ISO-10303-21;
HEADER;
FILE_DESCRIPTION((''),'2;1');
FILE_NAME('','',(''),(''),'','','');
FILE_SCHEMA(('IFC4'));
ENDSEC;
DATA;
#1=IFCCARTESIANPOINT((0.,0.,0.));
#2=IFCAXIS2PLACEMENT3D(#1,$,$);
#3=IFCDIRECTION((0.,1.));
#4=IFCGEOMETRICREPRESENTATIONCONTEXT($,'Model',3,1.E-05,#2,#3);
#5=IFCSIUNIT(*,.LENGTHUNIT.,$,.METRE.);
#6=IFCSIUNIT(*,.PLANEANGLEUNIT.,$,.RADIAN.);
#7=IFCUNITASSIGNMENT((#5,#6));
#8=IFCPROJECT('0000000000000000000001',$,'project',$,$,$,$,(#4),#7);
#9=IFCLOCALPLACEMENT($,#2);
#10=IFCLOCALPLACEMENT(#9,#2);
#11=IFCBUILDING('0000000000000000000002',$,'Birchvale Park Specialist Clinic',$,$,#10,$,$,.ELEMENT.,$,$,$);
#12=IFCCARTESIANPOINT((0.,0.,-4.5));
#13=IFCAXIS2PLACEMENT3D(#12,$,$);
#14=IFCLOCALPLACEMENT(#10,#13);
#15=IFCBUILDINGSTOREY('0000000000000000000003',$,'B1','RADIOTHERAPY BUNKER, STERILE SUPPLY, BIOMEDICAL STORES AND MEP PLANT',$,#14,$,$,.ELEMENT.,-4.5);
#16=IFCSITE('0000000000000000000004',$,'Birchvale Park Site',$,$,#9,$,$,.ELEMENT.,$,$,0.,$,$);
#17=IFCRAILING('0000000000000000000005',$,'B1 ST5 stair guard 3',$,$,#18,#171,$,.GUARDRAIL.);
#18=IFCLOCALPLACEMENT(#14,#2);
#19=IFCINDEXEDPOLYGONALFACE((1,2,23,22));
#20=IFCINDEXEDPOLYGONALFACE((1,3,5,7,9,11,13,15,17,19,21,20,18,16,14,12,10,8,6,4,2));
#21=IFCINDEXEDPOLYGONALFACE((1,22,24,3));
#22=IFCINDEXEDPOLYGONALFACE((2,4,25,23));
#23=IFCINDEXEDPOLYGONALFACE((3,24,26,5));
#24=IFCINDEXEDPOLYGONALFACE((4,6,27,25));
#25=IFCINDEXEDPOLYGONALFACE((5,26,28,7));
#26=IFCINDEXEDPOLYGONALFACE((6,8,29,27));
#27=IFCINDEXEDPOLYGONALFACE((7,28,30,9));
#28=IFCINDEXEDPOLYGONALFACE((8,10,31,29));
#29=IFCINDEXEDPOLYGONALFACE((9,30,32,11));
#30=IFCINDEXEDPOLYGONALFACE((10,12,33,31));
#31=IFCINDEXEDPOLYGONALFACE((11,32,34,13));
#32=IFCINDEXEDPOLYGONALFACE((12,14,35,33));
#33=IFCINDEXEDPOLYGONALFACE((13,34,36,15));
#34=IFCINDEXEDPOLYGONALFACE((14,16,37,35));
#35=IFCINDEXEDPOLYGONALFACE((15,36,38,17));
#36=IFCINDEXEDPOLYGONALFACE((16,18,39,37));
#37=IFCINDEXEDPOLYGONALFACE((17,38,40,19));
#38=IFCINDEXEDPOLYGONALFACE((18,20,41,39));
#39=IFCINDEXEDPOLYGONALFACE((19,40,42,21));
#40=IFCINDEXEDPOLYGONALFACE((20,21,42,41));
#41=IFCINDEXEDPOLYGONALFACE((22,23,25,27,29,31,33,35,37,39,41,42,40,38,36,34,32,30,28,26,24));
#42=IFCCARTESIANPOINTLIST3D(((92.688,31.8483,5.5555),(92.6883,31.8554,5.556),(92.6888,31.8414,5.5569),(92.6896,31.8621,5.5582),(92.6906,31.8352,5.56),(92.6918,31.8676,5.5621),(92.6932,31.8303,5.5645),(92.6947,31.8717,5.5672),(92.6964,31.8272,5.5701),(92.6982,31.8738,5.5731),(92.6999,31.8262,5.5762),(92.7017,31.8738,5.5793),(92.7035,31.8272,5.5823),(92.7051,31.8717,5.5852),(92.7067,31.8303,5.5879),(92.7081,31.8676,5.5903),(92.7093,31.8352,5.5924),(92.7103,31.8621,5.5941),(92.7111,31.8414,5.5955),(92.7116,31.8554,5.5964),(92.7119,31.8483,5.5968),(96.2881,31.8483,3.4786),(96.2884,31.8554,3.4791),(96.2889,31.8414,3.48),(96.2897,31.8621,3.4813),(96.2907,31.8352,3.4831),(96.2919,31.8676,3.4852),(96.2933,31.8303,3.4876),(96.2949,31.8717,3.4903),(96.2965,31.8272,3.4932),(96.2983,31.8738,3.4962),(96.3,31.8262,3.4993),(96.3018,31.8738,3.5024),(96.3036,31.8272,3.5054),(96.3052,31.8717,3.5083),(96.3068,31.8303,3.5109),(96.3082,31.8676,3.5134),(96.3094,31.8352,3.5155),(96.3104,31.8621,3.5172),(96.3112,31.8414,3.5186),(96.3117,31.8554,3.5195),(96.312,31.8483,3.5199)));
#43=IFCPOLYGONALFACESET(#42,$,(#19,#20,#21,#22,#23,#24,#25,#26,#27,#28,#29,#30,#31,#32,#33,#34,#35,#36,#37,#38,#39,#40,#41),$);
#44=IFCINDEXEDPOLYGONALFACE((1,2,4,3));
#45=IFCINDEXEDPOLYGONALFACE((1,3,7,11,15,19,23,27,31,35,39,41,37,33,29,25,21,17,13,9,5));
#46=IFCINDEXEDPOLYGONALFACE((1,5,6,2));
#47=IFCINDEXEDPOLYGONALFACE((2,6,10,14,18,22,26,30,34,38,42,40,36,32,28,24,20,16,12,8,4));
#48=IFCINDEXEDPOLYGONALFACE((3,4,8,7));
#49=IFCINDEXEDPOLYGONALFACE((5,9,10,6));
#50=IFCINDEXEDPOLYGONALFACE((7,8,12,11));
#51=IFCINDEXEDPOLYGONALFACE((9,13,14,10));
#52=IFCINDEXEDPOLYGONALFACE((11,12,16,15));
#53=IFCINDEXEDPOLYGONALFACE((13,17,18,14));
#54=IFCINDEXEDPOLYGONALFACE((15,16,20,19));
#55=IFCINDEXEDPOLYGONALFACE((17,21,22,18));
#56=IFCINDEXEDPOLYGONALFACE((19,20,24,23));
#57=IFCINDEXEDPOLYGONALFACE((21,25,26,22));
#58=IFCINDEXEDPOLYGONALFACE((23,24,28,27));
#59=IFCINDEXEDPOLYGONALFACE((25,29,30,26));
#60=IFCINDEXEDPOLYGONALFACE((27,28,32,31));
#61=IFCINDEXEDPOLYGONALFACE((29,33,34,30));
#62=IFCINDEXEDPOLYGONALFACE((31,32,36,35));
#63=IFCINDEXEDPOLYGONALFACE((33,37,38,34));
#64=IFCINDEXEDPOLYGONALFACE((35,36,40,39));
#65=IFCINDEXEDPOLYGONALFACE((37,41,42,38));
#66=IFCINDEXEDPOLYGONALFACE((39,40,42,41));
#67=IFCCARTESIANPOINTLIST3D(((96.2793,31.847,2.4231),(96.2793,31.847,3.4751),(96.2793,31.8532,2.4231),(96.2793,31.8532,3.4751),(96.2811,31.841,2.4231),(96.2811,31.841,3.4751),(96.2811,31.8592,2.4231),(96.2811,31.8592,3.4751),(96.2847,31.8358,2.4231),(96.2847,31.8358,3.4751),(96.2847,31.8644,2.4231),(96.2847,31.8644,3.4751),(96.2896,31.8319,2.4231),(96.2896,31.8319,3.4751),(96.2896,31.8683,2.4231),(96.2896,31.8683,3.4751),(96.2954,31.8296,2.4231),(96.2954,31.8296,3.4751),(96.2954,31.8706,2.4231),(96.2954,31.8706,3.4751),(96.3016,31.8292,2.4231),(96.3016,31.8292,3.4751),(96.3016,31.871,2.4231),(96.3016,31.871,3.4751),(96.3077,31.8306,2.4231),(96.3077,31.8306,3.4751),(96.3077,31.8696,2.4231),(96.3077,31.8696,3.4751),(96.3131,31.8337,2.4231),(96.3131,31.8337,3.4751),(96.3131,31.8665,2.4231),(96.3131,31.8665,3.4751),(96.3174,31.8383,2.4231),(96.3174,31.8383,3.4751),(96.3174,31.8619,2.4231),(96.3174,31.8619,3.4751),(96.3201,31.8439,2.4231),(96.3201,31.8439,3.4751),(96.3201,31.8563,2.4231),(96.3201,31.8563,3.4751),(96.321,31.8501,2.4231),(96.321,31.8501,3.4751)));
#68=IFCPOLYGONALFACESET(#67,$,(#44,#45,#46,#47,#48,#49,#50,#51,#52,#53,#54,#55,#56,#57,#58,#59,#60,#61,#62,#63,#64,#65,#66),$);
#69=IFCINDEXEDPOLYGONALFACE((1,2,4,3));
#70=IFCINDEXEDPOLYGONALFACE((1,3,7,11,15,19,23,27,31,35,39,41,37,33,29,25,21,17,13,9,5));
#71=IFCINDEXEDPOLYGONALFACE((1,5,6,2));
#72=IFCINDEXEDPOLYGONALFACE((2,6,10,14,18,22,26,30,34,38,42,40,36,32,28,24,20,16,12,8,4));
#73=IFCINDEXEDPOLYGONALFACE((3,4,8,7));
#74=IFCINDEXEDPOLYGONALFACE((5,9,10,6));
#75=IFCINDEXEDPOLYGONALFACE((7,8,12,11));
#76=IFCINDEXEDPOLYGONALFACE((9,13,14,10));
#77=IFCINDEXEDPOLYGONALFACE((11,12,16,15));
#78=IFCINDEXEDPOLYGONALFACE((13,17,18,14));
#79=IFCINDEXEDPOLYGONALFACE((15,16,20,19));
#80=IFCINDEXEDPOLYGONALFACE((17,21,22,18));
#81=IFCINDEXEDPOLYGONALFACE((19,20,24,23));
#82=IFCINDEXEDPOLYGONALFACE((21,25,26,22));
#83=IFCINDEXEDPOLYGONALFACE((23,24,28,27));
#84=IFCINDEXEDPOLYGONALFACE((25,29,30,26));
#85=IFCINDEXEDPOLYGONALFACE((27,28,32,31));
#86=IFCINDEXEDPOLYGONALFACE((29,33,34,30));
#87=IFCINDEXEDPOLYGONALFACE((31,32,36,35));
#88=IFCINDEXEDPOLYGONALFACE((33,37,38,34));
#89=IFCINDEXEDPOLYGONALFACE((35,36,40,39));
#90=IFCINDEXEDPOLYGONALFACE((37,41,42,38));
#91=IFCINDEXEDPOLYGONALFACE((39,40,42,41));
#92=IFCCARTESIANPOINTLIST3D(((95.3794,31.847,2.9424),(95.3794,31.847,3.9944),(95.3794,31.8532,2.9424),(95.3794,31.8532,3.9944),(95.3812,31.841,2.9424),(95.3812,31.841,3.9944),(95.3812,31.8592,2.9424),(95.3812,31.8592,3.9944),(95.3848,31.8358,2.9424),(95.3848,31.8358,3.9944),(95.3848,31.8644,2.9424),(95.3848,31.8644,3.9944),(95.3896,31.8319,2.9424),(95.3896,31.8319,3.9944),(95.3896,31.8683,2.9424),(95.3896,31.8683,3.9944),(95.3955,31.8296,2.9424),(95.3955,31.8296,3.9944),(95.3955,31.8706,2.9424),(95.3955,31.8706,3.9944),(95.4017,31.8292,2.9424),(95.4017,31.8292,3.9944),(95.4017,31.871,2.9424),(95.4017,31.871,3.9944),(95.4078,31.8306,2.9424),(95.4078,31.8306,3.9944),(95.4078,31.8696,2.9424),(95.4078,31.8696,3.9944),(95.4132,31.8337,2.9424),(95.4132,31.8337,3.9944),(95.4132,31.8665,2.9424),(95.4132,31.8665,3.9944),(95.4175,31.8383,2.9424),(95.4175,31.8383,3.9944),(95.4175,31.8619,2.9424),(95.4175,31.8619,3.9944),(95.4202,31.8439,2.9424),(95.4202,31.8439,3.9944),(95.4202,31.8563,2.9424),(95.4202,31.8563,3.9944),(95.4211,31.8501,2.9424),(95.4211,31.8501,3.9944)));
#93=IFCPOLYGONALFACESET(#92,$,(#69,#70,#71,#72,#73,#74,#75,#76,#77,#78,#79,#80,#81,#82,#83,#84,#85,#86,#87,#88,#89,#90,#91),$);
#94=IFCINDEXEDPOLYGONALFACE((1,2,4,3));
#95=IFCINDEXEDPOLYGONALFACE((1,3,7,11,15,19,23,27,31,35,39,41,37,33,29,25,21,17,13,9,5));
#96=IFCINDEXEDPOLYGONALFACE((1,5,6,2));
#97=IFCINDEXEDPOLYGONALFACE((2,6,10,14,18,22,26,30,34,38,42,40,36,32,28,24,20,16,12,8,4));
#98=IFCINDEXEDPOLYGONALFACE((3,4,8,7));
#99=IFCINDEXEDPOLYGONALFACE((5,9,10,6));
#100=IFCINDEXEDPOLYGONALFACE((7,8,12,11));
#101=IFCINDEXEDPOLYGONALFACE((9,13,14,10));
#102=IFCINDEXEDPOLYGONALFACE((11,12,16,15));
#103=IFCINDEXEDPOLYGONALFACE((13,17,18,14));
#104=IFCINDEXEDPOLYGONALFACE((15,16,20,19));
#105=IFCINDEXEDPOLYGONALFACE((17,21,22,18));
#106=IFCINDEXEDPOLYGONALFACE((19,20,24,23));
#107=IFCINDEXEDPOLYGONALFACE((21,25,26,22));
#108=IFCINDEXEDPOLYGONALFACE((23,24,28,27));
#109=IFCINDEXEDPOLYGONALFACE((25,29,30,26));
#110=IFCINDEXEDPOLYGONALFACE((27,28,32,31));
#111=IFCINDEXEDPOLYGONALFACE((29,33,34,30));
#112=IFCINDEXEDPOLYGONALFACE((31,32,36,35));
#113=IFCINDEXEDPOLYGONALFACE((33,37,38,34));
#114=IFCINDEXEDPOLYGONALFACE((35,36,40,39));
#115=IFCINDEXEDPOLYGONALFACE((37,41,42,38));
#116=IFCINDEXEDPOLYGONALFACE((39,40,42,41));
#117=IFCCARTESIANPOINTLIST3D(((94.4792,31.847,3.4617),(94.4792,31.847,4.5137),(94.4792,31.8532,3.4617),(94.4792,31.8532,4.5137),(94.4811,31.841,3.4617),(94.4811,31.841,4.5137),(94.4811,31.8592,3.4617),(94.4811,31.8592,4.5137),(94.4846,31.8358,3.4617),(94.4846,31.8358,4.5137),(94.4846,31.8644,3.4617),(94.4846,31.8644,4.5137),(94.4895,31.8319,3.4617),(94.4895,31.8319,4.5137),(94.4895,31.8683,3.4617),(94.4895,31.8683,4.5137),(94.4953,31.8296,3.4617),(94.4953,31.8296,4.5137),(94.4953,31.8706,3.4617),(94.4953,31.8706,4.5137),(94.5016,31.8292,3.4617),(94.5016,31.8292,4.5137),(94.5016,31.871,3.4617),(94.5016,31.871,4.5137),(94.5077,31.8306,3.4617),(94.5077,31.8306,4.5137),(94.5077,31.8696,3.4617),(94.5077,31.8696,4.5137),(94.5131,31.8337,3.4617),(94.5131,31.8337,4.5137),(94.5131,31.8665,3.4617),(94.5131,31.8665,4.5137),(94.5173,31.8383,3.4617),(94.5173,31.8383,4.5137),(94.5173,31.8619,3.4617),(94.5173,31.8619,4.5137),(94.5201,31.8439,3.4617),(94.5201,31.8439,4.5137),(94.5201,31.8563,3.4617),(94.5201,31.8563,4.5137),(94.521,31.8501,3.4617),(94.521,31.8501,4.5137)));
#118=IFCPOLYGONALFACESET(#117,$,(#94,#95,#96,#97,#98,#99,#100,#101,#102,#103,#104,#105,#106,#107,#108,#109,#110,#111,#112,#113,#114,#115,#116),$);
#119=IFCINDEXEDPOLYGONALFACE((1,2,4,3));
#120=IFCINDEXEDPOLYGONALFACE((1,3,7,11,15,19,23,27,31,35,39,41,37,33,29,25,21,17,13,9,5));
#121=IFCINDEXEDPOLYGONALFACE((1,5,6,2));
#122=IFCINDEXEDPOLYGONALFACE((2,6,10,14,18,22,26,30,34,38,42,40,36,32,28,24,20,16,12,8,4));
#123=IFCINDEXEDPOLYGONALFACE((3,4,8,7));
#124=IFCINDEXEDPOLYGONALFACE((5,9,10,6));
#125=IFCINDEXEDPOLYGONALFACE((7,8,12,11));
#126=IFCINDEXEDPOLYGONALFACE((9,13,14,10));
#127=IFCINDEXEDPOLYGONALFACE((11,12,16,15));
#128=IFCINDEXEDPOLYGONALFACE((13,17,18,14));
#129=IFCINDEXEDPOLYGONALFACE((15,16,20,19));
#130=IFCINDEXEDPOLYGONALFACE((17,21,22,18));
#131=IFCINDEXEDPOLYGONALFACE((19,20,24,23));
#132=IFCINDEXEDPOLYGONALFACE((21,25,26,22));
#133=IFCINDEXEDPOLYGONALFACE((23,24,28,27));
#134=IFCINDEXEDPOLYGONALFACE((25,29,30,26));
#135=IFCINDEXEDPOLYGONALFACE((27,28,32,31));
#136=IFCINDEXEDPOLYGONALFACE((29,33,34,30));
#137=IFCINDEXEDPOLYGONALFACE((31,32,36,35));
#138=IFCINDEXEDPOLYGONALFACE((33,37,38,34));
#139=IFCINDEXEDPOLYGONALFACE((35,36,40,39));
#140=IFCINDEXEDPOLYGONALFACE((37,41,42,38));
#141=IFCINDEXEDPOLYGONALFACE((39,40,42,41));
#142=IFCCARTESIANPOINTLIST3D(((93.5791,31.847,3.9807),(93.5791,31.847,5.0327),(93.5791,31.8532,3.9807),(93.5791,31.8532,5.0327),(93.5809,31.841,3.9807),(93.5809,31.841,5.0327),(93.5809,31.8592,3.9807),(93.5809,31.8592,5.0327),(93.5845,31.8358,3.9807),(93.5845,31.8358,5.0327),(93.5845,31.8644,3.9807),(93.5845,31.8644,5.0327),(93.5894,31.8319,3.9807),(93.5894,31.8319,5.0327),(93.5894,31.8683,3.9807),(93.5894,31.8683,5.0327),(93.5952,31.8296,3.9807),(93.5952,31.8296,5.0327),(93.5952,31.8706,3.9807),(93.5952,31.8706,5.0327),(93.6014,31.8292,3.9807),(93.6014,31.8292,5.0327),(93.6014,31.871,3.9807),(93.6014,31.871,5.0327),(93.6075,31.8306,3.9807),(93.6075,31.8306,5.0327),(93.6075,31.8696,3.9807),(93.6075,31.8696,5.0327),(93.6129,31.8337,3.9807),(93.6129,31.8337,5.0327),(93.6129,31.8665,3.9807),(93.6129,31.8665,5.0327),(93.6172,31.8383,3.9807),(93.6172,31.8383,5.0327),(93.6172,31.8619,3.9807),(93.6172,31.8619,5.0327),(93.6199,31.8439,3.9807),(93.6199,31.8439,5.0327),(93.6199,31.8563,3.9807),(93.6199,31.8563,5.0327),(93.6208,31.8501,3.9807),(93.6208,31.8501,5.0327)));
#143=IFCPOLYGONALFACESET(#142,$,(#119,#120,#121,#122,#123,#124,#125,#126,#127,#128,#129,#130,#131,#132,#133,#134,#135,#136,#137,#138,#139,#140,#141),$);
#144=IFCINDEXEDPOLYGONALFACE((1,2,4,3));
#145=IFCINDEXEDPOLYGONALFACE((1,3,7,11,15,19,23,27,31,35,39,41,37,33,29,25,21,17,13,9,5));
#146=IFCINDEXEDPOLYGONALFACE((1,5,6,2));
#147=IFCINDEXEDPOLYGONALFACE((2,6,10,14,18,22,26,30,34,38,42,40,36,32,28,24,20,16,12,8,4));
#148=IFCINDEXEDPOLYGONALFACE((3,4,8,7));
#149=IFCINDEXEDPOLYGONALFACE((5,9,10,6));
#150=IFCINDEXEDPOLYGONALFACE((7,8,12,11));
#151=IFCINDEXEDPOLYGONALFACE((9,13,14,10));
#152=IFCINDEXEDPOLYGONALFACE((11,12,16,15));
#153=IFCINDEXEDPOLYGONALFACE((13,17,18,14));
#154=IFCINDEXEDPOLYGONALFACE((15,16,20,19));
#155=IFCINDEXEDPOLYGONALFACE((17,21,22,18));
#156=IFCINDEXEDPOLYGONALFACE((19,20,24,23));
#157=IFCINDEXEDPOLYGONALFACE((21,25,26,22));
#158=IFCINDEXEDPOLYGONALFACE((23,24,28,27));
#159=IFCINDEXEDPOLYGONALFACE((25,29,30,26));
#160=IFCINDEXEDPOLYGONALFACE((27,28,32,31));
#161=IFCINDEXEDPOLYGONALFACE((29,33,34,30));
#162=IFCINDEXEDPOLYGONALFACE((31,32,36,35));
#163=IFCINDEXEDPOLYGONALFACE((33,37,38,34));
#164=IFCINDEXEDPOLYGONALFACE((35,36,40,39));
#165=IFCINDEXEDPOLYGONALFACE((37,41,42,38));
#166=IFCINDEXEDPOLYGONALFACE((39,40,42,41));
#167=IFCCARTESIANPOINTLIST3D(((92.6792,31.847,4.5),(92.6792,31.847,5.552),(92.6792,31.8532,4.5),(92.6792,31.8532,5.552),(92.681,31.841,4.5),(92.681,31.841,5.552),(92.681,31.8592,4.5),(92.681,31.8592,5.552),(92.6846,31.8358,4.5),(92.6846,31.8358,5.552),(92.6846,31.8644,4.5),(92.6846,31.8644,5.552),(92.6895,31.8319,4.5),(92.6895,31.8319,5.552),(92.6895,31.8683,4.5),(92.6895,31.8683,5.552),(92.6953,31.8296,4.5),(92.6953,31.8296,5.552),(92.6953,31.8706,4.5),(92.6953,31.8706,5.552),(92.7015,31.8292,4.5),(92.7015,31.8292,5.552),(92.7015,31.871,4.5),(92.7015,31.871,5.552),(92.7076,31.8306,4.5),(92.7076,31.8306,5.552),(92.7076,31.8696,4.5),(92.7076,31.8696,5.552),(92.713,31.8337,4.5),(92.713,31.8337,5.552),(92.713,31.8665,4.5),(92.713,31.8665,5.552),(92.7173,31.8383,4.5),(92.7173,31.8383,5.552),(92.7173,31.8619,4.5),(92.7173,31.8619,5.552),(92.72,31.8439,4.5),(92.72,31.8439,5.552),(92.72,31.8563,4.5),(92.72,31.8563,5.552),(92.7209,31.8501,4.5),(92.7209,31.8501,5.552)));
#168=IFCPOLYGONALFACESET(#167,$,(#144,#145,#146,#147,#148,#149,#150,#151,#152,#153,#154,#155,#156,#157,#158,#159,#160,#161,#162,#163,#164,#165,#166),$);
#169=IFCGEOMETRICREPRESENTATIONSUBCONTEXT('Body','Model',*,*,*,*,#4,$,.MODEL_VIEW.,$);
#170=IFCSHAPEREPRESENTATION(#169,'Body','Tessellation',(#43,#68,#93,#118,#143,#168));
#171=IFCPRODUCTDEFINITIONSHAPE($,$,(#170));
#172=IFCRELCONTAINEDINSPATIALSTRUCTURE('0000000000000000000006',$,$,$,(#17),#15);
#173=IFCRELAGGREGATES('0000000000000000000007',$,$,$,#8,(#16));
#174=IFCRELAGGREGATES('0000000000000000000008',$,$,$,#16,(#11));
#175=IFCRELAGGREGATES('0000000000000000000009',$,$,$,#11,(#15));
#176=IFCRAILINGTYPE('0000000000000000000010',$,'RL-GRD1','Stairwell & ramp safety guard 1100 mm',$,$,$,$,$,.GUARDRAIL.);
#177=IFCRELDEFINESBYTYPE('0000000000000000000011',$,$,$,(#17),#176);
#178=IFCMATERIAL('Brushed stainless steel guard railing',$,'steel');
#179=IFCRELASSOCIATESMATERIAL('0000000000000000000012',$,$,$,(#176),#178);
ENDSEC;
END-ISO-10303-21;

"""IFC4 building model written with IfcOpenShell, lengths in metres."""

from ifc_helpers import new_model, si_unit, direction, frame, origin, origin_2d, place, context, subcontext, project, spatial, circle, extrude, material, type_object, element, save


model = new_model("IFC4")

# Units and contexts
model_context = context("Model", 3, precision=1e-05, world=origin(), true_north=direction((0.0, 1.0)))
body_context = subcontext(model_context, "Body", "Model", "MODEL_VIEW")
ifc_project = project(units=[si_unit("LENGTHUNIT", "METRE"), si_unit("PLANEANGLEUNIT", "RADIAN")], contexts=[model_context])

# Site, building, storey
site_placement = place(None, origin())
site = spatial("IfcSite", under=ifc_project, at=site_placement, Name="Birchvale Park Site", CompositionType="ELEMENT", RefElevation=0.0)
building_placement = place(site_placement, origin())
building = spatial("IfcBuilding", under=site, at=building_placement, Name="Birchvale Park Specialist Clinic", CompositionType="ELEMENT")
storey_placement = place(building_placement, frame((0.0, 0.0, -4.5)))
storey = spatial("IfcBuildingStorey", under=building, at=storey_placement, Name="B1", Description="RADIOTHERAPY BUNKER, STERILE SUPPLY, BIOMEDICAL STORES AND MEP PLANT", CompositionType="ELEMENT", Elevation=-4.5)

# Railing
ifc_material_1 = material(Name="Brushed stainless steel guard railing", Category="steel")
railing_type_1 = type_object("IfcRailingType", Name="RL-GRD1", Description="Stairwell & ramp safety guard 1100 mm", PredefinedType="GUARDRAIL", material=ifc_material_1)
railing_1_placement = place(storey_placement, frame((96.3, 31.8501, 2.4231)))
element("IfcRailing", 1, at=railing_1_placement, inside=storey, type_object=railing_type_1, Name="B1 ST5 stair guard 3", PredefinedType="GUARDRAIL", context=body_context, shape_type="SweptSolid", body=[
    extrude(circle(Radius=0.0239, at=origin_2d()), frame((0.0, 0.0, 1.0762), z_axis=(-0.866193, 0.0, 0.499709), x_axis=(0.0, -1.0, 0.0)), (0.0, 0.0, 1.0), 4.1562),
    extrude(circle(Radius=0.021, at=origin_2d()), origin(), (0.0, 0.0, 1.0), 1.052),
    extrude(circle(Radius=0.021, at=origin_2d()), frame((-0.8999, 0.0, 0.5193)), (0.0, 0.0, 1.0), 1.052),
    extrude(circle(Radius=0.021, at=origin_2d()), frame((-1.8, 0.0, 1.0386)), (0.0, 0.0, 1.0), 1.052),
    extrude(circle(Radius=0.021, at=origin_2d()), frame((-2.7002, 0.0, 1.5576)), (0.0, 0.0, 1.0), 1.052),
    extrude(circle(Radius=0.021, at=origin_2d()), frame((-3.6001, 0.0, 2.0769)), (0.0, 0.0, 1.0), 1.052),
])

save(model, "model.ifc")
